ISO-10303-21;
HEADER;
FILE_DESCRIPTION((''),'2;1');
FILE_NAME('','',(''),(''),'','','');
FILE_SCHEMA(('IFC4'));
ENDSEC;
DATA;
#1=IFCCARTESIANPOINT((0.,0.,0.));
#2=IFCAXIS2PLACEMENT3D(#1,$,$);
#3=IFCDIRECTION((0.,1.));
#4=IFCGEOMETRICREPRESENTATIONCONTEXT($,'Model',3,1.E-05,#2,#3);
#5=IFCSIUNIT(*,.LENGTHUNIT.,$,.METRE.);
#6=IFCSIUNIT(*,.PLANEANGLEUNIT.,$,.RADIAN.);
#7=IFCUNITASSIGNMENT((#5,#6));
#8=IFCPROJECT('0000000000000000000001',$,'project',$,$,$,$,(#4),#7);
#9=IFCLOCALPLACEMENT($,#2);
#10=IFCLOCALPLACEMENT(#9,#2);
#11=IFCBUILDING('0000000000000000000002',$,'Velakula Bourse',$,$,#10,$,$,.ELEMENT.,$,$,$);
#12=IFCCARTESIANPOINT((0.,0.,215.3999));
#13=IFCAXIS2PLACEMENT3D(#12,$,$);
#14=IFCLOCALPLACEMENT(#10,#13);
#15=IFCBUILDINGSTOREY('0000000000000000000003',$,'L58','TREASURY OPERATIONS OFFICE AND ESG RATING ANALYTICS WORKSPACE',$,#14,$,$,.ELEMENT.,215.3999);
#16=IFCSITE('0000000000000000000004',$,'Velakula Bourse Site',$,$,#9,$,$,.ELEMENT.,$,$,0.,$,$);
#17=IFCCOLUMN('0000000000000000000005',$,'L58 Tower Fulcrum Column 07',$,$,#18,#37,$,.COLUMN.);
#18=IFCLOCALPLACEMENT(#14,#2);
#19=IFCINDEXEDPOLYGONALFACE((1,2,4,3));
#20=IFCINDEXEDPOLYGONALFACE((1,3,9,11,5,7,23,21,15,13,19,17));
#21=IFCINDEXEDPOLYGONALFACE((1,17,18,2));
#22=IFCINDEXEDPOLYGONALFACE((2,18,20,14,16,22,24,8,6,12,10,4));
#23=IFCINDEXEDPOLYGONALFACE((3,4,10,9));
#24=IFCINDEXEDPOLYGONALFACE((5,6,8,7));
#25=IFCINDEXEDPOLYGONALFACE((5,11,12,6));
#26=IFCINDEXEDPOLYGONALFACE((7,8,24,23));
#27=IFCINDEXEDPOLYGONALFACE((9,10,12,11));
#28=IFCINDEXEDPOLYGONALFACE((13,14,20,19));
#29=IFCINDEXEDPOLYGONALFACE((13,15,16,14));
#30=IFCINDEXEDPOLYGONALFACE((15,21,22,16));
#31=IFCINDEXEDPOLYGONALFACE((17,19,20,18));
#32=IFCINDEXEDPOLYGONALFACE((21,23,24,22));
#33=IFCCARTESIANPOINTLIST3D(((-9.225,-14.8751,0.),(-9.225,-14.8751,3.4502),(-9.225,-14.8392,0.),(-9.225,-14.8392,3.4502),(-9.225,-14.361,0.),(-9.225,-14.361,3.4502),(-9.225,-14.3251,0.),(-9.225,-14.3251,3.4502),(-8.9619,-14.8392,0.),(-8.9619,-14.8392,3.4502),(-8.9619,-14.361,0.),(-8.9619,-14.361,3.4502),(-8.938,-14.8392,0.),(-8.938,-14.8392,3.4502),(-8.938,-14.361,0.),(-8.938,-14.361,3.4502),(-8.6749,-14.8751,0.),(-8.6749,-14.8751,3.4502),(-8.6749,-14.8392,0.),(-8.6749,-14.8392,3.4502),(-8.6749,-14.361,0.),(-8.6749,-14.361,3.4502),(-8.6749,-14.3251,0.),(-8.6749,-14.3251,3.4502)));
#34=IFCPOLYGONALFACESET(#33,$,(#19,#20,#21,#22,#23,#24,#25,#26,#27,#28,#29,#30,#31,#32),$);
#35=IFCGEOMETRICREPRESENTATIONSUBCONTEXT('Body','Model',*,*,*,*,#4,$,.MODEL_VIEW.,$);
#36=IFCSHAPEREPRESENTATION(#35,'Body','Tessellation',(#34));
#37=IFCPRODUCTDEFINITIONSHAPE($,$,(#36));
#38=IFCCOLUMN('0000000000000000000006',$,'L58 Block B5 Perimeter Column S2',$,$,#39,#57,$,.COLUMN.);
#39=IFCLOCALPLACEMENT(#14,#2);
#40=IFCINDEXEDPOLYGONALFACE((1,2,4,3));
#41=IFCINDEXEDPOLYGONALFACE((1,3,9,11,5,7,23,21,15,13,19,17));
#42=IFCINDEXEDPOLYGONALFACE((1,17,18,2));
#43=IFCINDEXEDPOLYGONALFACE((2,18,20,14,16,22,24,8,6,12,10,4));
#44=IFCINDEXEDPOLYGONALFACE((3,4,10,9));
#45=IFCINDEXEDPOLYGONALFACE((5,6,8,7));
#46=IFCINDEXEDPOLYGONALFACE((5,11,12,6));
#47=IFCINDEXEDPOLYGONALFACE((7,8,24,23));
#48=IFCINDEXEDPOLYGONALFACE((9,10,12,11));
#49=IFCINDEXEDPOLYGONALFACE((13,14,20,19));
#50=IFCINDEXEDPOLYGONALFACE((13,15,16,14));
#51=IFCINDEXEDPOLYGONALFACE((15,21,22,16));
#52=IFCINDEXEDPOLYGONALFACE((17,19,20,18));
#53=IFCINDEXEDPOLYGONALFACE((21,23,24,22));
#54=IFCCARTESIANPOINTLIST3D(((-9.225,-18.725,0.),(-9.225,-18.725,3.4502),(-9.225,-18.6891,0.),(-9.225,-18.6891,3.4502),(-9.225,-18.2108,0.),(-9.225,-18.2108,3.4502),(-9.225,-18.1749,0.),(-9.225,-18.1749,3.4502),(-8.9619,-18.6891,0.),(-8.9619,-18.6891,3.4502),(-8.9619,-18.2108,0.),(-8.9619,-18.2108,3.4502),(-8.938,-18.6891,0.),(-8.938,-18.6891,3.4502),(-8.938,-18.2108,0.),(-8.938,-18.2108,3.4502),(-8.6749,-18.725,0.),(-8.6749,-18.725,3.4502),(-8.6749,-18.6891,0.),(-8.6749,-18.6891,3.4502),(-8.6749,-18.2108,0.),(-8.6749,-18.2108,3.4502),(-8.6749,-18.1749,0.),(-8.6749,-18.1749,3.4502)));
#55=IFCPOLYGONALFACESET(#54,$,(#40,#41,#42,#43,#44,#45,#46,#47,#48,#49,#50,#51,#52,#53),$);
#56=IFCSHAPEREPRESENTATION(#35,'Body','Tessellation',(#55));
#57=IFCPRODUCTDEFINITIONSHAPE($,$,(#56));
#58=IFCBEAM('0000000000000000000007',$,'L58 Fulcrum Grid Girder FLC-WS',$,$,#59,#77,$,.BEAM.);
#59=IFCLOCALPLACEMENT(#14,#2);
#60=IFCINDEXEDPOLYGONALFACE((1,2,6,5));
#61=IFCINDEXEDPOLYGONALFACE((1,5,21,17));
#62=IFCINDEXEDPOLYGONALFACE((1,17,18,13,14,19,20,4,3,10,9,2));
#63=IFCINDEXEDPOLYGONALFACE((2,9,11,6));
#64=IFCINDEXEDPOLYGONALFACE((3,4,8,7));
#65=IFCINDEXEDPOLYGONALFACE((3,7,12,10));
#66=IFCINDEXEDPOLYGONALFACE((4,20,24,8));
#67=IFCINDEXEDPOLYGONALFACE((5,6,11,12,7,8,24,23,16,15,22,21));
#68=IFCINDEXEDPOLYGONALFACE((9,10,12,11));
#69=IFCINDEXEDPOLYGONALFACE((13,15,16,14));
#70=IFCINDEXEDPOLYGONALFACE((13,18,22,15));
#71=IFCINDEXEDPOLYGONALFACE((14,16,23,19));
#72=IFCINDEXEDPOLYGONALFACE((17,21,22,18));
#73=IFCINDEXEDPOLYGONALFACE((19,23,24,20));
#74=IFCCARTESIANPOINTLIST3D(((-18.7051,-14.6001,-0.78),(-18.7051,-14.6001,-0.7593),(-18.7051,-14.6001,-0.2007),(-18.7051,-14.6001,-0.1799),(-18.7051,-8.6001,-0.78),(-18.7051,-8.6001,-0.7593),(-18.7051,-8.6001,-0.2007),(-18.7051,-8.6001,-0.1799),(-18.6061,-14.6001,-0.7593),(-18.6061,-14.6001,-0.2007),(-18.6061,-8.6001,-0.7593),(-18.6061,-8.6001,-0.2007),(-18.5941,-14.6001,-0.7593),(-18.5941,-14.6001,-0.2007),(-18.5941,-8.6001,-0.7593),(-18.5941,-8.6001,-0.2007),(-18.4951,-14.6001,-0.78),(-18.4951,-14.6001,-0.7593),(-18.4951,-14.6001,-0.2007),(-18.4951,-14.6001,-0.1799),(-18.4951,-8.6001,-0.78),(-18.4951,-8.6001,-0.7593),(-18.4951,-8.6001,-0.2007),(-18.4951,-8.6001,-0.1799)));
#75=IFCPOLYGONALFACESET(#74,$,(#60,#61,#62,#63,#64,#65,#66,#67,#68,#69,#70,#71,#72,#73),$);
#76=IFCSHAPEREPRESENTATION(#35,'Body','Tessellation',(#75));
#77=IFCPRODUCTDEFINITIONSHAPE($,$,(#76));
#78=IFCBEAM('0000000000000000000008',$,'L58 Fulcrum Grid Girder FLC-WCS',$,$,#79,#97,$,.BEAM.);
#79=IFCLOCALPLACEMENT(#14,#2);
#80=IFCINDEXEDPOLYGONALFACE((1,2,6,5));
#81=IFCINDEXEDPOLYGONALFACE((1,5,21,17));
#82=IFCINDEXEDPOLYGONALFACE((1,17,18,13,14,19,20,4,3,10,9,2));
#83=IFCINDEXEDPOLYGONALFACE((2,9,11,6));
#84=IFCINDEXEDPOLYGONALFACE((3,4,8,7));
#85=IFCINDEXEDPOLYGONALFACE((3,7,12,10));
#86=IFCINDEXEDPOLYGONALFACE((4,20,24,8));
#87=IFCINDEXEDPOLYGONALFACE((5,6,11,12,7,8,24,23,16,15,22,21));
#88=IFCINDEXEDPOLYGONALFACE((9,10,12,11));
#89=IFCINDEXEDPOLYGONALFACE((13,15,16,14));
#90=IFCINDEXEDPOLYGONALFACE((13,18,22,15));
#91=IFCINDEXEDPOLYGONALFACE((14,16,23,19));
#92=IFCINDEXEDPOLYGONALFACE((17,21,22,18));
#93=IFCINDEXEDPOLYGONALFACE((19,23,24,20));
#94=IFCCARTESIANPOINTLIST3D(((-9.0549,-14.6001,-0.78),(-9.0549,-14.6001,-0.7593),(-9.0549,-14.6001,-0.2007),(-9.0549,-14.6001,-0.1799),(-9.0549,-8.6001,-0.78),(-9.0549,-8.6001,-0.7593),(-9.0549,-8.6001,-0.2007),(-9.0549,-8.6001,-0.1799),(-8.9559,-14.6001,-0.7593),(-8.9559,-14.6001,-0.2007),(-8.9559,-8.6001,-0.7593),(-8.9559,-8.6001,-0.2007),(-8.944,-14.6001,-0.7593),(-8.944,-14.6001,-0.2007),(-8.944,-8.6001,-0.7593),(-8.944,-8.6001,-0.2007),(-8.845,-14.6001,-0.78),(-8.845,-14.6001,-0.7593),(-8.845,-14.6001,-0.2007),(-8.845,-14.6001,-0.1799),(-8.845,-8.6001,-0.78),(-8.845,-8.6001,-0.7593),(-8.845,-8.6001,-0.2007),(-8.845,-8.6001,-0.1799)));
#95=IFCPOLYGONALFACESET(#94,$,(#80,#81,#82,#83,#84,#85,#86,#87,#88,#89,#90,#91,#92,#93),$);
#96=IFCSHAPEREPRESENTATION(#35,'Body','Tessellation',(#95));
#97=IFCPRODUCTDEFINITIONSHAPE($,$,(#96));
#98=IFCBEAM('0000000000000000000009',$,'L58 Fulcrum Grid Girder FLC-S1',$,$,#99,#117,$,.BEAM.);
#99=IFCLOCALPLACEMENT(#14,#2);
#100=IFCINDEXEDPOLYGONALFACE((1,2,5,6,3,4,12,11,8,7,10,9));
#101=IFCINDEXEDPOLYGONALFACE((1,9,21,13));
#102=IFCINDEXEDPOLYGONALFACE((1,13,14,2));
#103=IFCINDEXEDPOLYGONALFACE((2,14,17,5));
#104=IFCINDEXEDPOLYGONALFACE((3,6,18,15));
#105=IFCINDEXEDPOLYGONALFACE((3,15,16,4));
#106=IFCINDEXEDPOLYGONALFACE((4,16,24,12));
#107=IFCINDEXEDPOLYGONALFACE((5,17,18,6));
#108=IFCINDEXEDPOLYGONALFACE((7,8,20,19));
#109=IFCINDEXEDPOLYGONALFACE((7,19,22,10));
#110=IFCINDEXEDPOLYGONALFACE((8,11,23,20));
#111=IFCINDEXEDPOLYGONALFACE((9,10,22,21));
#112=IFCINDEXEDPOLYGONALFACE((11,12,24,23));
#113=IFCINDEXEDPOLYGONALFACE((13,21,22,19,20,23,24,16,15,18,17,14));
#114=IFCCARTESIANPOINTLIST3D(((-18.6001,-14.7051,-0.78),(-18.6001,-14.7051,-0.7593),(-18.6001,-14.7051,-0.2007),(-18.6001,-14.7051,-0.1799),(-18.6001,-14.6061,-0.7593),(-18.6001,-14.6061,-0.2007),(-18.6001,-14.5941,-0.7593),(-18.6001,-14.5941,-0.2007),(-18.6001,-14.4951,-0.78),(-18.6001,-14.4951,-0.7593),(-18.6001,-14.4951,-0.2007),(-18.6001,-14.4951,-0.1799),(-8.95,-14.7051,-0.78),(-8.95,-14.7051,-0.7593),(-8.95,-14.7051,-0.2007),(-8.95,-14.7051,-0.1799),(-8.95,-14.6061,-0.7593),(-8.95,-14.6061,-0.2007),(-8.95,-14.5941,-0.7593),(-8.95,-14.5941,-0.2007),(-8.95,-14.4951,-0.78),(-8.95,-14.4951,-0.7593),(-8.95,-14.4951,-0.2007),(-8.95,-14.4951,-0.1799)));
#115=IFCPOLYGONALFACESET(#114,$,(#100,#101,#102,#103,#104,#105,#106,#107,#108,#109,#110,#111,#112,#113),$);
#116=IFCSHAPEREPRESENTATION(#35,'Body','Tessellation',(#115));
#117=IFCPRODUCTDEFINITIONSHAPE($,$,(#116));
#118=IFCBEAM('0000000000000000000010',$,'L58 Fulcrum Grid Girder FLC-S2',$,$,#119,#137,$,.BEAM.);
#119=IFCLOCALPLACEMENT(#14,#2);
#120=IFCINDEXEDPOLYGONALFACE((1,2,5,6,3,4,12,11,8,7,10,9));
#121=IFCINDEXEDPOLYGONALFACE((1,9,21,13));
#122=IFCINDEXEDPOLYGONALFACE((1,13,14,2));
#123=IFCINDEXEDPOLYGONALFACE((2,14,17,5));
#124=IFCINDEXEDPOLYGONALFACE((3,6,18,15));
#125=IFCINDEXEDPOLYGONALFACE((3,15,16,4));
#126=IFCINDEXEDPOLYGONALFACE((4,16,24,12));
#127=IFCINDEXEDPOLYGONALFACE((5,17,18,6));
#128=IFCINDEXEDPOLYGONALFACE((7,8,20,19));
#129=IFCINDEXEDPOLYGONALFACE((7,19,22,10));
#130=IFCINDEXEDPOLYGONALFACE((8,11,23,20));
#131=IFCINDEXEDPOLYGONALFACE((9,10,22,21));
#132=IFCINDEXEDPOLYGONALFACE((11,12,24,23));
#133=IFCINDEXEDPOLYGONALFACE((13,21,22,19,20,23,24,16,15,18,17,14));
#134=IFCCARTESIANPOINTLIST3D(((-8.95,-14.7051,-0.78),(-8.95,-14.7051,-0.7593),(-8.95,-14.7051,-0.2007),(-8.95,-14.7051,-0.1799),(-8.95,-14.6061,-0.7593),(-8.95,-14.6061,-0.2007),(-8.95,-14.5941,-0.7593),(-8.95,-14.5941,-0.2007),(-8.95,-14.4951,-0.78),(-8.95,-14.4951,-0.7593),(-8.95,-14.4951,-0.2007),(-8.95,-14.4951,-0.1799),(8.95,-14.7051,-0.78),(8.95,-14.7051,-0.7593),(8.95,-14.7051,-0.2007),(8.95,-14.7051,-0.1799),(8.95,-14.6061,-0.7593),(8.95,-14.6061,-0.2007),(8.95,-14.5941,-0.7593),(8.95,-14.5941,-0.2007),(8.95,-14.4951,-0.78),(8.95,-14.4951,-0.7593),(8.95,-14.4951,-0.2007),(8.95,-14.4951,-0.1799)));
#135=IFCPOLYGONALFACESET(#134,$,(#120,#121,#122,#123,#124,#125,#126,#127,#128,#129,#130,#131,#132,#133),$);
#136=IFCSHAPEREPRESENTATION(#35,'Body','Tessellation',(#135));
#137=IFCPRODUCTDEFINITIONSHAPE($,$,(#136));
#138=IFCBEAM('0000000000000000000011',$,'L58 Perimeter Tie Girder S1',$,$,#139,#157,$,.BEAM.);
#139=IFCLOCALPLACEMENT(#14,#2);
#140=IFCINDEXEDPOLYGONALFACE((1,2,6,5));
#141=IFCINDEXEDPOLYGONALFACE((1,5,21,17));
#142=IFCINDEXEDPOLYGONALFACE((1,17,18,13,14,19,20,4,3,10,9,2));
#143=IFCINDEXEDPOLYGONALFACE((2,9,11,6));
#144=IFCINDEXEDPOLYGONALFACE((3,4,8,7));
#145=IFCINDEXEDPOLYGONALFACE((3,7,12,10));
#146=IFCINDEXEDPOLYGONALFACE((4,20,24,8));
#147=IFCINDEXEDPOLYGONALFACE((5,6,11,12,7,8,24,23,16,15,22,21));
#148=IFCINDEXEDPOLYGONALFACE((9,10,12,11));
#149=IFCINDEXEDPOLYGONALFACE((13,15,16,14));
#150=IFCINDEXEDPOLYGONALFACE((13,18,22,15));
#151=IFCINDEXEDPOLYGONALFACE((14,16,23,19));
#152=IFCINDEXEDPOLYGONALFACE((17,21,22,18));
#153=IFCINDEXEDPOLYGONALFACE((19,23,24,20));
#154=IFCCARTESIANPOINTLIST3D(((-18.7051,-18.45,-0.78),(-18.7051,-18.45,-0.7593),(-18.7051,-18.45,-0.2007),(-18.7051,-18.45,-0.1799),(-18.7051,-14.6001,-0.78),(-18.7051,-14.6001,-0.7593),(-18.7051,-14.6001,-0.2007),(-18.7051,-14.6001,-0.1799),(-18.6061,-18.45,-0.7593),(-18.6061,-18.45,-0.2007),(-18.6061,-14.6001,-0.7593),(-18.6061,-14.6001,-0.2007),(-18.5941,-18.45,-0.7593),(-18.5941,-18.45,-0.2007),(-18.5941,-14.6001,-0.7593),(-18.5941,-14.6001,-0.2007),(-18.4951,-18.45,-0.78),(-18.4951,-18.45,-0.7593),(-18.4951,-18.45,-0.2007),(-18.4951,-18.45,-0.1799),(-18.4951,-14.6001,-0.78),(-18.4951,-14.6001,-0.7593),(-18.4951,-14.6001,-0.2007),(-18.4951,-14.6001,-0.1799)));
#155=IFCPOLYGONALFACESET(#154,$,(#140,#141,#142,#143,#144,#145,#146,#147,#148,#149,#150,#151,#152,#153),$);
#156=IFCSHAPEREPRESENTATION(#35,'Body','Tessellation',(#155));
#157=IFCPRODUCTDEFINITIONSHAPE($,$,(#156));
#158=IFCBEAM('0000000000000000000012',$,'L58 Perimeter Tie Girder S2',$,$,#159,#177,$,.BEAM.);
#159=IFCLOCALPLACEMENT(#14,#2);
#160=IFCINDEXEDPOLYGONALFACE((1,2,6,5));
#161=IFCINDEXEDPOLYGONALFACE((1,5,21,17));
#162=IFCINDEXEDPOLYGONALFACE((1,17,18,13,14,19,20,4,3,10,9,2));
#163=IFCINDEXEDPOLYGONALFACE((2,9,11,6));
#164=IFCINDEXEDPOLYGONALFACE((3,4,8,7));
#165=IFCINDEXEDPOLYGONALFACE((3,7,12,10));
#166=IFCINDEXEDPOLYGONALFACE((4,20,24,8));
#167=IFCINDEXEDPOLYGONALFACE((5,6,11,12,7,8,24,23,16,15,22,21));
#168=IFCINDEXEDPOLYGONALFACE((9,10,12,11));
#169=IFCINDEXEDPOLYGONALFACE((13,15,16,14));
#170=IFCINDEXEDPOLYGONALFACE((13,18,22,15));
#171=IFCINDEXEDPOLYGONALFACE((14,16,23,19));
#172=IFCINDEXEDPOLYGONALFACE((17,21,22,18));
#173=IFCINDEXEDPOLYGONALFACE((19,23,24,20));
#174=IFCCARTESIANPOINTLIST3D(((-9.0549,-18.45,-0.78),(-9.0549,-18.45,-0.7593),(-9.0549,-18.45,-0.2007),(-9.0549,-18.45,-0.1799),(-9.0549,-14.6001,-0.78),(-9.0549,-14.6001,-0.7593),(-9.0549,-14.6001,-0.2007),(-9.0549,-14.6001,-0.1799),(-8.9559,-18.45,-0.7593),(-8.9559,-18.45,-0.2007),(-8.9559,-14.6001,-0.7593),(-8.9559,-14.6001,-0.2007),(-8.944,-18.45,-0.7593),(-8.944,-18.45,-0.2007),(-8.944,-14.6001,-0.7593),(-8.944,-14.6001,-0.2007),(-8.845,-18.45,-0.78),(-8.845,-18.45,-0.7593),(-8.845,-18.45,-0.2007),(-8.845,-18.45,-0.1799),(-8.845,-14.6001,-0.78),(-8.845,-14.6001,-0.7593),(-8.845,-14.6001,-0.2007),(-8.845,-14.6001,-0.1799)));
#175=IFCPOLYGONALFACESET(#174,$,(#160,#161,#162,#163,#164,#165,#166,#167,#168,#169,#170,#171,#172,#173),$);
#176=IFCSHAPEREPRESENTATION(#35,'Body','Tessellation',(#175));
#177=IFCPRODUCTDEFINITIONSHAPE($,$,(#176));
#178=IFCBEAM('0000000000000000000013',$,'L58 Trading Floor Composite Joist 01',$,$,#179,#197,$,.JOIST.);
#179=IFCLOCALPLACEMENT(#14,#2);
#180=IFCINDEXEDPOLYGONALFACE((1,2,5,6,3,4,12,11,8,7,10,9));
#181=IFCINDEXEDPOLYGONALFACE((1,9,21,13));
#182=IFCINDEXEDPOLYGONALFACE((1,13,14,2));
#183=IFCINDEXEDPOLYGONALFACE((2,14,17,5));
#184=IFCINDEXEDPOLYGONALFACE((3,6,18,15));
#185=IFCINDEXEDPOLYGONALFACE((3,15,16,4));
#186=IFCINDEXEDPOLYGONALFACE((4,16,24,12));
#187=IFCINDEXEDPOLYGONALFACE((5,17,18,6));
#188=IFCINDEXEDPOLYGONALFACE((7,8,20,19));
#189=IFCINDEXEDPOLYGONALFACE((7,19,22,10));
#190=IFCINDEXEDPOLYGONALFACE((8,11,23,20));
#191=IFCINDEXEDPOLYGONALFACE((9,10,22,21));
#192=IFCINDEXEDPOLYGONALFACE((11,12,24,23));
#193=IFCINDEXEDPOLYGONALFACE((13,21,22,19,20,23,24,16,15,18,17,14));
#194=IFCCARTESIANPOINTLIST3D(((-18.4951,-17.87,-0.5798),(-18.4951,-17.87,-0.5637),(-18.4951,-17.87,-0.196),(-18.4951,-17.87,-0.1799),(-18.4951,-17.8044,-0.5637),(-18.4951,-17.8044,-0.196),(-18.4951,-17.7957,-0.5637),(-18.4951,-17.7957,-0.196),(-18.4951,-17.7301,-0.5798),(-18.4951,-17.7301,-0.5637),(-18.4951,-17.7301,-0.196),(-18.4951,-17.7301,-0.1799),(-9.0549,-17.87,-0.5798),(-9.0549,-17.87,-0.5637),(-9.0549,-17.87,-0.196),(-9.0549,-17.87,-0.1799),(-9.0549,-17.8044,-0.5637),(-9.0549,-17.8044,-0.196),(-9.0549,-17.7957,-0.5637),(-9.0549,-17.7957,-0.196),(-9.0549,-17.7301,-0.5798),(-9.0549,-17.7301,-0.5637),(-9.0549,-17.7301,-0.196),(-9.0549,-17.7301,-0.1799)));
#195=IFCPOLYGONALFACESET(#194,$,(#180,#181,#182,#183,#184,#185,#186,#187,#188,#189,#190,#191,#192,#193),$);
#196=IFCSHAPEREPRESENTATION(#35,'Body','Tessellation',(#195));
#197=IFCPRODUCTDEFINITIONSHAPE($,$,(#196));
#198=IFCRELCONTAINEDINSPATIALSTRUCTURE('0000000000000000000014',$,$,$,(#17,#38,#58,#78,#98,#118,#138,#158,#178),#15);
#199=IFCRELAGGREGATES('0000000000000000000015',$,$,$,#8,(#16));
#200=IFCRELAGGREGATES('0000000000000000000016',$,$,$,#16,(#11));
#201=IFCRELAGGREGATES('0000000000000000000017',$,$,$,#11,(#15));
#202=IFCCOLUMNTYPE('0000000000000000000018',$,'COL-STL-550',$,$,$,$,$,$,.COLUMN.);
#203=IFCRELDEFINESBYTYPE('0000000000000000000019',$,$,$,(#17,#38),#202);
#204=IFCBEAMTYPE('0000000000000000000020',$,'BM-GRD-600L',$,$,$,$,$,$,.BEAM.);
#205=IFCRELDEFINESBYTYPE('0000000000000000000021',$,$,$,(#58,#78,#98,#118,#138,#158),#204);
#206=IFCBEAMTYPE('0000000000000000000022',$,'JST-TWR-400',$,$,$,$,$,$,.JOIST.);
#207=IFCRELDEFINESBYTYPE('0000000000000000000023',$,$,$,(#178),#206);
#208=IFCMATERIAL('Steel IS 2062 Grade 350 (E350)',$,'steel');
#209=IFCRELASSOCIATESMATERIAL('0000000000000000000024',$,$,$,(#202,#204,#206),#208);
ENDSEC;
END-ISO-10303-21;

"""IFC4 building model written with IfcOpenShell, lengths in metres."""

from ifc_helpers import new_model, si_unit, direction, frame, origin, origin_2d, place, context, subcontext, project, spatial, i_section, extrude, material, material_profile, profile_set, type_object, element, save


model = new_model("IFC4")

# Units and contexts
model_context = context("Model", 3, precision=1e-05, world=origin(), true_north=direction((0.0, 1.0)))
body_context = subcontext(model_context, "Body", "Model", "MODEL_VIEW")
ifc_project = project(units=[si_unit("LENGTHUNIT", "METRE"), si_unit("PLANEANGLEUNIT", "RADIAN")], contexts=[model_context])

# Site, building, storey
site_placement = place(None, origin())
site = spatial("IfcSite", under=ifc_project, at=site_placement, Name="Velakula Bourse Site", CompositionType="ELEMENT", RefElevation=0.0)
building_placement = place(site_placement, origin())
building = spatial("IfcBuilding", under=site, at=building_placement, Name="Velakula Bourse", CompositionType="ELEMENT")
storey_placement = place(building_placement, frame((0.0, 0.0, 215.3999)))
storey = spatial("IfcBuildingStorey", under=building, at=storey_placement, Name="L58", Description="TREASURY OPERATIONS OFFICE AND ESG RATING ANALYTICS WORKSPACE", CompositionType="ELEMENT", Elevation=215.3999)

# Columns
ifc_material_1 = material(Name="Steel IS 2062 Grade 350 (E350)", Category="steel")
ifc_material_profile_1 = material_profile(ifc_material_1, i_section(OverallWidth=0.55, OverallDepth=0.55, WebThickness=0.0239, FlangeThickness=0.0359, at=origin_2d()), Name="Steel IS 2062 Grade 350 (E350)")
ifc_profile_set_1 = profile_set([ifc_material_profile_1], Name="Steel IS 2062 Grade 350 (E350)")
column_type = type_object("IfcColumnType", Name="COL-STL-550", PredefinedType="COLUMN", material=ifc_profile_set_1)
for number, where, z_axis, x_axis, name in (
    (1, (-8.95, -14.6001, 0.0), (0.0, 0.0, 1.0), (1.0, 0.0, 0.0), "L58 Tower Fulcrum Column 07"),
    (2, (-8.95, -18.45, 0.0), (0.0, 0.0, 1.0), (1.0, 0.0, 0.0), "L58 Block B5 Perimeter Column S2"),
):
    element("IfcColumn", number, at=place(storey_placement, frame(where, z_axis=z_axis, x_axis=x_axis)), inside=storey, type_object=column_type, Name=name, PredefinedType="COLUMN", context=body_context, shape_type="SweptSolid", body=[
        extrude(i_section(OverallWidth=0.55, OverallDepth=0.55, WebThickness=0.0239, FlangeThickness=0.0359, at=origin_2d()), origin(), (0.0, 0.0, 1.0), 3.4502),
    ])

# Beams
ifc_material_profile_2 = material_profile(ifc_material_1, i_section(OverallWidth=0.21, OverallDepth=0.6001, WebThickness=0.012, FlangeThickness=0.0208, at=origin_2d()), Name="Steel IS 2062 Grade 350 (E350)")
ifc_profile_set_2 = profile_set([ifc_material_profile_2], Name="Steel IS 2062 Grade 350 (E350)")
beam_type_1 = type_object("IfcBeamType", Name="BM-GRD-600L", PredefinedType="BEAM", material=ifc_profile_set_2)
for number, where, z_axis, x_axis, name in (
    (3, (-18.6001, -14.6001, -0.48), (0.0, 1.0, 0.0), (-1.0, 0.0, 0.0), "L58 Fulcrum Grid Girder FLC-WS"),
    (4, (-8.95, -14.6001, -0.48), (0.0, 1.0, 0.0), (-1.0, 0.0, 0.0), "L58 Fulcrum Grid Girder FLC-WCS"),
):
    element("IfcBeam", number, at=place(storey_placement, frame(where, z_axis=z_axis, x_axis=x_axis)), inside=storey, type_object=beam_type_1, Name=name, PredefinedType="BEAM", context=body_context, shape_type="SweptSolid", body=[
        extrude(i_section(OverallWidth=0.21, OverallDepth=0.6001, WebThickness=0.012, FlangeThickness=0.0208, at=origin_2d()), origin(), (0.0, 0.0, 1.0), 6.0),
    ])
beam_1_placement = place(storey_placement, frame((-18.6001, -14.6001, -0.48), z_axis=(1.0, 0.0, 0.0), x_axis=(0.0, 1.0, 0.0)))
element("IfcBeam", 5, at=beam_1_placement, inside=storey, type_object=beam_type_1, Name="L58 Fulcrum Grid Girder FLC-S1", PredefinedType="BEAM", context=body_context, shape_type="SweptSolid", body=[
    extrude(i_section(OverallWidth=0.21, OverallDepth=0.6001, WebThickness=0.012, FlangeThickness=0.0208, at=origin_2d()), origin(), (0.0, 0.0, 1.0), 9.6501),
])
beam_2_placement = place(storey_placement, frame((-8.95, -14.6001, -0.48), z_axis=(1.0, 0.0, 0.0), x_axis=(0.0, 1.0, 0.0)))
element("IfcBeam", 6, at=beam_2_placement, inside=storey, type_object=beam_type_1, Name="L58 Fulcrum Grid Girder FLC-S2", PredefinedType="BEAM", context=body_context, shape_type="SweptSolid", body=[
    extrude(i_section(OverallWidth=0.21, OverallDepth=0.6001, WebThickness=0.012, FlangeThickness=0.0208, at=origin_2d()), origin(), (0.0, 0.0, 1.0), 17.8999),
])
for number, where, z_axis, x_axis, name in (
    (7, (-18.6001, -14.6001, -0.48), (0.0, -1.0, 0.0), (1.0, 0.0, 0.0), "L58 Perimeter Tie Girder S1"),
    (8, (-8.95, -14.6001, -0.48), (0.0, -1.0, 0.0), (1.0, 0.0, 0.0), "L58 Perimeter Tie Girder S2"),
):
    element("IfcBeam", number, at=place(storey_placement, frame(where, z_axis=z_axis, x_axis=x_axis)), inside=storey, type_object=beam_type_1, Name=name, PredefinedType="BEAM", context=body_context, shape_type="SweptSolid", body=[
        extrude(i_section(OverallWidth=0.21, OverallDepth=0.6001, WebThickness=0.012, FlangeThickness=0.0208, at=origin_2d()), origin(), (0.0, 0.0, 1.0), 3.8499),
    ])
ifc_material_profile_3 = material_profile(ifc_material_1, i_section(OverallWidth=0.1399, OverallDepth=0.3999, WebThickness=0.0088, FlangeThickness=0.0161, at=origin_2d()), Name="Steel IS 2062 Grade 350 (E350)")
ifc_profile_set_3 = profile_set([ifc_material_profile_3], Name="Steel IS 2062 Grade 350 (E350)")
beam_type_2 = type_object("IfcBeamType", Name="JST-TWR-400", PredefinedType="JOIST", material=ifc_profile_set_3)
beam_3_placement = place(storey_placement, frame((-18.4951, -17.8, -0.3799), z_axis=(1.0, 0.0, 0.0), x_axis=(0.0, 1.0, 0.0)))
element("IfcBeam", 9, at=beam_3_placement, inside=storey, type_object=beam_type_2, Name="L58 Trading Floor Composite Joist 01", PredefinedType="JOIST", context=body_context, shape_type="SweptSolid", body=[
    extrude(i_section(OverallWidth=0.1399, OverallDepth=0.3999, WebThickness=0.0088, FlangeThickness=0.0161, at=origin_2d()), origin(), (0.0, 0.0, 1.0), 9.4402),
])

save(model, "model.ifc")
